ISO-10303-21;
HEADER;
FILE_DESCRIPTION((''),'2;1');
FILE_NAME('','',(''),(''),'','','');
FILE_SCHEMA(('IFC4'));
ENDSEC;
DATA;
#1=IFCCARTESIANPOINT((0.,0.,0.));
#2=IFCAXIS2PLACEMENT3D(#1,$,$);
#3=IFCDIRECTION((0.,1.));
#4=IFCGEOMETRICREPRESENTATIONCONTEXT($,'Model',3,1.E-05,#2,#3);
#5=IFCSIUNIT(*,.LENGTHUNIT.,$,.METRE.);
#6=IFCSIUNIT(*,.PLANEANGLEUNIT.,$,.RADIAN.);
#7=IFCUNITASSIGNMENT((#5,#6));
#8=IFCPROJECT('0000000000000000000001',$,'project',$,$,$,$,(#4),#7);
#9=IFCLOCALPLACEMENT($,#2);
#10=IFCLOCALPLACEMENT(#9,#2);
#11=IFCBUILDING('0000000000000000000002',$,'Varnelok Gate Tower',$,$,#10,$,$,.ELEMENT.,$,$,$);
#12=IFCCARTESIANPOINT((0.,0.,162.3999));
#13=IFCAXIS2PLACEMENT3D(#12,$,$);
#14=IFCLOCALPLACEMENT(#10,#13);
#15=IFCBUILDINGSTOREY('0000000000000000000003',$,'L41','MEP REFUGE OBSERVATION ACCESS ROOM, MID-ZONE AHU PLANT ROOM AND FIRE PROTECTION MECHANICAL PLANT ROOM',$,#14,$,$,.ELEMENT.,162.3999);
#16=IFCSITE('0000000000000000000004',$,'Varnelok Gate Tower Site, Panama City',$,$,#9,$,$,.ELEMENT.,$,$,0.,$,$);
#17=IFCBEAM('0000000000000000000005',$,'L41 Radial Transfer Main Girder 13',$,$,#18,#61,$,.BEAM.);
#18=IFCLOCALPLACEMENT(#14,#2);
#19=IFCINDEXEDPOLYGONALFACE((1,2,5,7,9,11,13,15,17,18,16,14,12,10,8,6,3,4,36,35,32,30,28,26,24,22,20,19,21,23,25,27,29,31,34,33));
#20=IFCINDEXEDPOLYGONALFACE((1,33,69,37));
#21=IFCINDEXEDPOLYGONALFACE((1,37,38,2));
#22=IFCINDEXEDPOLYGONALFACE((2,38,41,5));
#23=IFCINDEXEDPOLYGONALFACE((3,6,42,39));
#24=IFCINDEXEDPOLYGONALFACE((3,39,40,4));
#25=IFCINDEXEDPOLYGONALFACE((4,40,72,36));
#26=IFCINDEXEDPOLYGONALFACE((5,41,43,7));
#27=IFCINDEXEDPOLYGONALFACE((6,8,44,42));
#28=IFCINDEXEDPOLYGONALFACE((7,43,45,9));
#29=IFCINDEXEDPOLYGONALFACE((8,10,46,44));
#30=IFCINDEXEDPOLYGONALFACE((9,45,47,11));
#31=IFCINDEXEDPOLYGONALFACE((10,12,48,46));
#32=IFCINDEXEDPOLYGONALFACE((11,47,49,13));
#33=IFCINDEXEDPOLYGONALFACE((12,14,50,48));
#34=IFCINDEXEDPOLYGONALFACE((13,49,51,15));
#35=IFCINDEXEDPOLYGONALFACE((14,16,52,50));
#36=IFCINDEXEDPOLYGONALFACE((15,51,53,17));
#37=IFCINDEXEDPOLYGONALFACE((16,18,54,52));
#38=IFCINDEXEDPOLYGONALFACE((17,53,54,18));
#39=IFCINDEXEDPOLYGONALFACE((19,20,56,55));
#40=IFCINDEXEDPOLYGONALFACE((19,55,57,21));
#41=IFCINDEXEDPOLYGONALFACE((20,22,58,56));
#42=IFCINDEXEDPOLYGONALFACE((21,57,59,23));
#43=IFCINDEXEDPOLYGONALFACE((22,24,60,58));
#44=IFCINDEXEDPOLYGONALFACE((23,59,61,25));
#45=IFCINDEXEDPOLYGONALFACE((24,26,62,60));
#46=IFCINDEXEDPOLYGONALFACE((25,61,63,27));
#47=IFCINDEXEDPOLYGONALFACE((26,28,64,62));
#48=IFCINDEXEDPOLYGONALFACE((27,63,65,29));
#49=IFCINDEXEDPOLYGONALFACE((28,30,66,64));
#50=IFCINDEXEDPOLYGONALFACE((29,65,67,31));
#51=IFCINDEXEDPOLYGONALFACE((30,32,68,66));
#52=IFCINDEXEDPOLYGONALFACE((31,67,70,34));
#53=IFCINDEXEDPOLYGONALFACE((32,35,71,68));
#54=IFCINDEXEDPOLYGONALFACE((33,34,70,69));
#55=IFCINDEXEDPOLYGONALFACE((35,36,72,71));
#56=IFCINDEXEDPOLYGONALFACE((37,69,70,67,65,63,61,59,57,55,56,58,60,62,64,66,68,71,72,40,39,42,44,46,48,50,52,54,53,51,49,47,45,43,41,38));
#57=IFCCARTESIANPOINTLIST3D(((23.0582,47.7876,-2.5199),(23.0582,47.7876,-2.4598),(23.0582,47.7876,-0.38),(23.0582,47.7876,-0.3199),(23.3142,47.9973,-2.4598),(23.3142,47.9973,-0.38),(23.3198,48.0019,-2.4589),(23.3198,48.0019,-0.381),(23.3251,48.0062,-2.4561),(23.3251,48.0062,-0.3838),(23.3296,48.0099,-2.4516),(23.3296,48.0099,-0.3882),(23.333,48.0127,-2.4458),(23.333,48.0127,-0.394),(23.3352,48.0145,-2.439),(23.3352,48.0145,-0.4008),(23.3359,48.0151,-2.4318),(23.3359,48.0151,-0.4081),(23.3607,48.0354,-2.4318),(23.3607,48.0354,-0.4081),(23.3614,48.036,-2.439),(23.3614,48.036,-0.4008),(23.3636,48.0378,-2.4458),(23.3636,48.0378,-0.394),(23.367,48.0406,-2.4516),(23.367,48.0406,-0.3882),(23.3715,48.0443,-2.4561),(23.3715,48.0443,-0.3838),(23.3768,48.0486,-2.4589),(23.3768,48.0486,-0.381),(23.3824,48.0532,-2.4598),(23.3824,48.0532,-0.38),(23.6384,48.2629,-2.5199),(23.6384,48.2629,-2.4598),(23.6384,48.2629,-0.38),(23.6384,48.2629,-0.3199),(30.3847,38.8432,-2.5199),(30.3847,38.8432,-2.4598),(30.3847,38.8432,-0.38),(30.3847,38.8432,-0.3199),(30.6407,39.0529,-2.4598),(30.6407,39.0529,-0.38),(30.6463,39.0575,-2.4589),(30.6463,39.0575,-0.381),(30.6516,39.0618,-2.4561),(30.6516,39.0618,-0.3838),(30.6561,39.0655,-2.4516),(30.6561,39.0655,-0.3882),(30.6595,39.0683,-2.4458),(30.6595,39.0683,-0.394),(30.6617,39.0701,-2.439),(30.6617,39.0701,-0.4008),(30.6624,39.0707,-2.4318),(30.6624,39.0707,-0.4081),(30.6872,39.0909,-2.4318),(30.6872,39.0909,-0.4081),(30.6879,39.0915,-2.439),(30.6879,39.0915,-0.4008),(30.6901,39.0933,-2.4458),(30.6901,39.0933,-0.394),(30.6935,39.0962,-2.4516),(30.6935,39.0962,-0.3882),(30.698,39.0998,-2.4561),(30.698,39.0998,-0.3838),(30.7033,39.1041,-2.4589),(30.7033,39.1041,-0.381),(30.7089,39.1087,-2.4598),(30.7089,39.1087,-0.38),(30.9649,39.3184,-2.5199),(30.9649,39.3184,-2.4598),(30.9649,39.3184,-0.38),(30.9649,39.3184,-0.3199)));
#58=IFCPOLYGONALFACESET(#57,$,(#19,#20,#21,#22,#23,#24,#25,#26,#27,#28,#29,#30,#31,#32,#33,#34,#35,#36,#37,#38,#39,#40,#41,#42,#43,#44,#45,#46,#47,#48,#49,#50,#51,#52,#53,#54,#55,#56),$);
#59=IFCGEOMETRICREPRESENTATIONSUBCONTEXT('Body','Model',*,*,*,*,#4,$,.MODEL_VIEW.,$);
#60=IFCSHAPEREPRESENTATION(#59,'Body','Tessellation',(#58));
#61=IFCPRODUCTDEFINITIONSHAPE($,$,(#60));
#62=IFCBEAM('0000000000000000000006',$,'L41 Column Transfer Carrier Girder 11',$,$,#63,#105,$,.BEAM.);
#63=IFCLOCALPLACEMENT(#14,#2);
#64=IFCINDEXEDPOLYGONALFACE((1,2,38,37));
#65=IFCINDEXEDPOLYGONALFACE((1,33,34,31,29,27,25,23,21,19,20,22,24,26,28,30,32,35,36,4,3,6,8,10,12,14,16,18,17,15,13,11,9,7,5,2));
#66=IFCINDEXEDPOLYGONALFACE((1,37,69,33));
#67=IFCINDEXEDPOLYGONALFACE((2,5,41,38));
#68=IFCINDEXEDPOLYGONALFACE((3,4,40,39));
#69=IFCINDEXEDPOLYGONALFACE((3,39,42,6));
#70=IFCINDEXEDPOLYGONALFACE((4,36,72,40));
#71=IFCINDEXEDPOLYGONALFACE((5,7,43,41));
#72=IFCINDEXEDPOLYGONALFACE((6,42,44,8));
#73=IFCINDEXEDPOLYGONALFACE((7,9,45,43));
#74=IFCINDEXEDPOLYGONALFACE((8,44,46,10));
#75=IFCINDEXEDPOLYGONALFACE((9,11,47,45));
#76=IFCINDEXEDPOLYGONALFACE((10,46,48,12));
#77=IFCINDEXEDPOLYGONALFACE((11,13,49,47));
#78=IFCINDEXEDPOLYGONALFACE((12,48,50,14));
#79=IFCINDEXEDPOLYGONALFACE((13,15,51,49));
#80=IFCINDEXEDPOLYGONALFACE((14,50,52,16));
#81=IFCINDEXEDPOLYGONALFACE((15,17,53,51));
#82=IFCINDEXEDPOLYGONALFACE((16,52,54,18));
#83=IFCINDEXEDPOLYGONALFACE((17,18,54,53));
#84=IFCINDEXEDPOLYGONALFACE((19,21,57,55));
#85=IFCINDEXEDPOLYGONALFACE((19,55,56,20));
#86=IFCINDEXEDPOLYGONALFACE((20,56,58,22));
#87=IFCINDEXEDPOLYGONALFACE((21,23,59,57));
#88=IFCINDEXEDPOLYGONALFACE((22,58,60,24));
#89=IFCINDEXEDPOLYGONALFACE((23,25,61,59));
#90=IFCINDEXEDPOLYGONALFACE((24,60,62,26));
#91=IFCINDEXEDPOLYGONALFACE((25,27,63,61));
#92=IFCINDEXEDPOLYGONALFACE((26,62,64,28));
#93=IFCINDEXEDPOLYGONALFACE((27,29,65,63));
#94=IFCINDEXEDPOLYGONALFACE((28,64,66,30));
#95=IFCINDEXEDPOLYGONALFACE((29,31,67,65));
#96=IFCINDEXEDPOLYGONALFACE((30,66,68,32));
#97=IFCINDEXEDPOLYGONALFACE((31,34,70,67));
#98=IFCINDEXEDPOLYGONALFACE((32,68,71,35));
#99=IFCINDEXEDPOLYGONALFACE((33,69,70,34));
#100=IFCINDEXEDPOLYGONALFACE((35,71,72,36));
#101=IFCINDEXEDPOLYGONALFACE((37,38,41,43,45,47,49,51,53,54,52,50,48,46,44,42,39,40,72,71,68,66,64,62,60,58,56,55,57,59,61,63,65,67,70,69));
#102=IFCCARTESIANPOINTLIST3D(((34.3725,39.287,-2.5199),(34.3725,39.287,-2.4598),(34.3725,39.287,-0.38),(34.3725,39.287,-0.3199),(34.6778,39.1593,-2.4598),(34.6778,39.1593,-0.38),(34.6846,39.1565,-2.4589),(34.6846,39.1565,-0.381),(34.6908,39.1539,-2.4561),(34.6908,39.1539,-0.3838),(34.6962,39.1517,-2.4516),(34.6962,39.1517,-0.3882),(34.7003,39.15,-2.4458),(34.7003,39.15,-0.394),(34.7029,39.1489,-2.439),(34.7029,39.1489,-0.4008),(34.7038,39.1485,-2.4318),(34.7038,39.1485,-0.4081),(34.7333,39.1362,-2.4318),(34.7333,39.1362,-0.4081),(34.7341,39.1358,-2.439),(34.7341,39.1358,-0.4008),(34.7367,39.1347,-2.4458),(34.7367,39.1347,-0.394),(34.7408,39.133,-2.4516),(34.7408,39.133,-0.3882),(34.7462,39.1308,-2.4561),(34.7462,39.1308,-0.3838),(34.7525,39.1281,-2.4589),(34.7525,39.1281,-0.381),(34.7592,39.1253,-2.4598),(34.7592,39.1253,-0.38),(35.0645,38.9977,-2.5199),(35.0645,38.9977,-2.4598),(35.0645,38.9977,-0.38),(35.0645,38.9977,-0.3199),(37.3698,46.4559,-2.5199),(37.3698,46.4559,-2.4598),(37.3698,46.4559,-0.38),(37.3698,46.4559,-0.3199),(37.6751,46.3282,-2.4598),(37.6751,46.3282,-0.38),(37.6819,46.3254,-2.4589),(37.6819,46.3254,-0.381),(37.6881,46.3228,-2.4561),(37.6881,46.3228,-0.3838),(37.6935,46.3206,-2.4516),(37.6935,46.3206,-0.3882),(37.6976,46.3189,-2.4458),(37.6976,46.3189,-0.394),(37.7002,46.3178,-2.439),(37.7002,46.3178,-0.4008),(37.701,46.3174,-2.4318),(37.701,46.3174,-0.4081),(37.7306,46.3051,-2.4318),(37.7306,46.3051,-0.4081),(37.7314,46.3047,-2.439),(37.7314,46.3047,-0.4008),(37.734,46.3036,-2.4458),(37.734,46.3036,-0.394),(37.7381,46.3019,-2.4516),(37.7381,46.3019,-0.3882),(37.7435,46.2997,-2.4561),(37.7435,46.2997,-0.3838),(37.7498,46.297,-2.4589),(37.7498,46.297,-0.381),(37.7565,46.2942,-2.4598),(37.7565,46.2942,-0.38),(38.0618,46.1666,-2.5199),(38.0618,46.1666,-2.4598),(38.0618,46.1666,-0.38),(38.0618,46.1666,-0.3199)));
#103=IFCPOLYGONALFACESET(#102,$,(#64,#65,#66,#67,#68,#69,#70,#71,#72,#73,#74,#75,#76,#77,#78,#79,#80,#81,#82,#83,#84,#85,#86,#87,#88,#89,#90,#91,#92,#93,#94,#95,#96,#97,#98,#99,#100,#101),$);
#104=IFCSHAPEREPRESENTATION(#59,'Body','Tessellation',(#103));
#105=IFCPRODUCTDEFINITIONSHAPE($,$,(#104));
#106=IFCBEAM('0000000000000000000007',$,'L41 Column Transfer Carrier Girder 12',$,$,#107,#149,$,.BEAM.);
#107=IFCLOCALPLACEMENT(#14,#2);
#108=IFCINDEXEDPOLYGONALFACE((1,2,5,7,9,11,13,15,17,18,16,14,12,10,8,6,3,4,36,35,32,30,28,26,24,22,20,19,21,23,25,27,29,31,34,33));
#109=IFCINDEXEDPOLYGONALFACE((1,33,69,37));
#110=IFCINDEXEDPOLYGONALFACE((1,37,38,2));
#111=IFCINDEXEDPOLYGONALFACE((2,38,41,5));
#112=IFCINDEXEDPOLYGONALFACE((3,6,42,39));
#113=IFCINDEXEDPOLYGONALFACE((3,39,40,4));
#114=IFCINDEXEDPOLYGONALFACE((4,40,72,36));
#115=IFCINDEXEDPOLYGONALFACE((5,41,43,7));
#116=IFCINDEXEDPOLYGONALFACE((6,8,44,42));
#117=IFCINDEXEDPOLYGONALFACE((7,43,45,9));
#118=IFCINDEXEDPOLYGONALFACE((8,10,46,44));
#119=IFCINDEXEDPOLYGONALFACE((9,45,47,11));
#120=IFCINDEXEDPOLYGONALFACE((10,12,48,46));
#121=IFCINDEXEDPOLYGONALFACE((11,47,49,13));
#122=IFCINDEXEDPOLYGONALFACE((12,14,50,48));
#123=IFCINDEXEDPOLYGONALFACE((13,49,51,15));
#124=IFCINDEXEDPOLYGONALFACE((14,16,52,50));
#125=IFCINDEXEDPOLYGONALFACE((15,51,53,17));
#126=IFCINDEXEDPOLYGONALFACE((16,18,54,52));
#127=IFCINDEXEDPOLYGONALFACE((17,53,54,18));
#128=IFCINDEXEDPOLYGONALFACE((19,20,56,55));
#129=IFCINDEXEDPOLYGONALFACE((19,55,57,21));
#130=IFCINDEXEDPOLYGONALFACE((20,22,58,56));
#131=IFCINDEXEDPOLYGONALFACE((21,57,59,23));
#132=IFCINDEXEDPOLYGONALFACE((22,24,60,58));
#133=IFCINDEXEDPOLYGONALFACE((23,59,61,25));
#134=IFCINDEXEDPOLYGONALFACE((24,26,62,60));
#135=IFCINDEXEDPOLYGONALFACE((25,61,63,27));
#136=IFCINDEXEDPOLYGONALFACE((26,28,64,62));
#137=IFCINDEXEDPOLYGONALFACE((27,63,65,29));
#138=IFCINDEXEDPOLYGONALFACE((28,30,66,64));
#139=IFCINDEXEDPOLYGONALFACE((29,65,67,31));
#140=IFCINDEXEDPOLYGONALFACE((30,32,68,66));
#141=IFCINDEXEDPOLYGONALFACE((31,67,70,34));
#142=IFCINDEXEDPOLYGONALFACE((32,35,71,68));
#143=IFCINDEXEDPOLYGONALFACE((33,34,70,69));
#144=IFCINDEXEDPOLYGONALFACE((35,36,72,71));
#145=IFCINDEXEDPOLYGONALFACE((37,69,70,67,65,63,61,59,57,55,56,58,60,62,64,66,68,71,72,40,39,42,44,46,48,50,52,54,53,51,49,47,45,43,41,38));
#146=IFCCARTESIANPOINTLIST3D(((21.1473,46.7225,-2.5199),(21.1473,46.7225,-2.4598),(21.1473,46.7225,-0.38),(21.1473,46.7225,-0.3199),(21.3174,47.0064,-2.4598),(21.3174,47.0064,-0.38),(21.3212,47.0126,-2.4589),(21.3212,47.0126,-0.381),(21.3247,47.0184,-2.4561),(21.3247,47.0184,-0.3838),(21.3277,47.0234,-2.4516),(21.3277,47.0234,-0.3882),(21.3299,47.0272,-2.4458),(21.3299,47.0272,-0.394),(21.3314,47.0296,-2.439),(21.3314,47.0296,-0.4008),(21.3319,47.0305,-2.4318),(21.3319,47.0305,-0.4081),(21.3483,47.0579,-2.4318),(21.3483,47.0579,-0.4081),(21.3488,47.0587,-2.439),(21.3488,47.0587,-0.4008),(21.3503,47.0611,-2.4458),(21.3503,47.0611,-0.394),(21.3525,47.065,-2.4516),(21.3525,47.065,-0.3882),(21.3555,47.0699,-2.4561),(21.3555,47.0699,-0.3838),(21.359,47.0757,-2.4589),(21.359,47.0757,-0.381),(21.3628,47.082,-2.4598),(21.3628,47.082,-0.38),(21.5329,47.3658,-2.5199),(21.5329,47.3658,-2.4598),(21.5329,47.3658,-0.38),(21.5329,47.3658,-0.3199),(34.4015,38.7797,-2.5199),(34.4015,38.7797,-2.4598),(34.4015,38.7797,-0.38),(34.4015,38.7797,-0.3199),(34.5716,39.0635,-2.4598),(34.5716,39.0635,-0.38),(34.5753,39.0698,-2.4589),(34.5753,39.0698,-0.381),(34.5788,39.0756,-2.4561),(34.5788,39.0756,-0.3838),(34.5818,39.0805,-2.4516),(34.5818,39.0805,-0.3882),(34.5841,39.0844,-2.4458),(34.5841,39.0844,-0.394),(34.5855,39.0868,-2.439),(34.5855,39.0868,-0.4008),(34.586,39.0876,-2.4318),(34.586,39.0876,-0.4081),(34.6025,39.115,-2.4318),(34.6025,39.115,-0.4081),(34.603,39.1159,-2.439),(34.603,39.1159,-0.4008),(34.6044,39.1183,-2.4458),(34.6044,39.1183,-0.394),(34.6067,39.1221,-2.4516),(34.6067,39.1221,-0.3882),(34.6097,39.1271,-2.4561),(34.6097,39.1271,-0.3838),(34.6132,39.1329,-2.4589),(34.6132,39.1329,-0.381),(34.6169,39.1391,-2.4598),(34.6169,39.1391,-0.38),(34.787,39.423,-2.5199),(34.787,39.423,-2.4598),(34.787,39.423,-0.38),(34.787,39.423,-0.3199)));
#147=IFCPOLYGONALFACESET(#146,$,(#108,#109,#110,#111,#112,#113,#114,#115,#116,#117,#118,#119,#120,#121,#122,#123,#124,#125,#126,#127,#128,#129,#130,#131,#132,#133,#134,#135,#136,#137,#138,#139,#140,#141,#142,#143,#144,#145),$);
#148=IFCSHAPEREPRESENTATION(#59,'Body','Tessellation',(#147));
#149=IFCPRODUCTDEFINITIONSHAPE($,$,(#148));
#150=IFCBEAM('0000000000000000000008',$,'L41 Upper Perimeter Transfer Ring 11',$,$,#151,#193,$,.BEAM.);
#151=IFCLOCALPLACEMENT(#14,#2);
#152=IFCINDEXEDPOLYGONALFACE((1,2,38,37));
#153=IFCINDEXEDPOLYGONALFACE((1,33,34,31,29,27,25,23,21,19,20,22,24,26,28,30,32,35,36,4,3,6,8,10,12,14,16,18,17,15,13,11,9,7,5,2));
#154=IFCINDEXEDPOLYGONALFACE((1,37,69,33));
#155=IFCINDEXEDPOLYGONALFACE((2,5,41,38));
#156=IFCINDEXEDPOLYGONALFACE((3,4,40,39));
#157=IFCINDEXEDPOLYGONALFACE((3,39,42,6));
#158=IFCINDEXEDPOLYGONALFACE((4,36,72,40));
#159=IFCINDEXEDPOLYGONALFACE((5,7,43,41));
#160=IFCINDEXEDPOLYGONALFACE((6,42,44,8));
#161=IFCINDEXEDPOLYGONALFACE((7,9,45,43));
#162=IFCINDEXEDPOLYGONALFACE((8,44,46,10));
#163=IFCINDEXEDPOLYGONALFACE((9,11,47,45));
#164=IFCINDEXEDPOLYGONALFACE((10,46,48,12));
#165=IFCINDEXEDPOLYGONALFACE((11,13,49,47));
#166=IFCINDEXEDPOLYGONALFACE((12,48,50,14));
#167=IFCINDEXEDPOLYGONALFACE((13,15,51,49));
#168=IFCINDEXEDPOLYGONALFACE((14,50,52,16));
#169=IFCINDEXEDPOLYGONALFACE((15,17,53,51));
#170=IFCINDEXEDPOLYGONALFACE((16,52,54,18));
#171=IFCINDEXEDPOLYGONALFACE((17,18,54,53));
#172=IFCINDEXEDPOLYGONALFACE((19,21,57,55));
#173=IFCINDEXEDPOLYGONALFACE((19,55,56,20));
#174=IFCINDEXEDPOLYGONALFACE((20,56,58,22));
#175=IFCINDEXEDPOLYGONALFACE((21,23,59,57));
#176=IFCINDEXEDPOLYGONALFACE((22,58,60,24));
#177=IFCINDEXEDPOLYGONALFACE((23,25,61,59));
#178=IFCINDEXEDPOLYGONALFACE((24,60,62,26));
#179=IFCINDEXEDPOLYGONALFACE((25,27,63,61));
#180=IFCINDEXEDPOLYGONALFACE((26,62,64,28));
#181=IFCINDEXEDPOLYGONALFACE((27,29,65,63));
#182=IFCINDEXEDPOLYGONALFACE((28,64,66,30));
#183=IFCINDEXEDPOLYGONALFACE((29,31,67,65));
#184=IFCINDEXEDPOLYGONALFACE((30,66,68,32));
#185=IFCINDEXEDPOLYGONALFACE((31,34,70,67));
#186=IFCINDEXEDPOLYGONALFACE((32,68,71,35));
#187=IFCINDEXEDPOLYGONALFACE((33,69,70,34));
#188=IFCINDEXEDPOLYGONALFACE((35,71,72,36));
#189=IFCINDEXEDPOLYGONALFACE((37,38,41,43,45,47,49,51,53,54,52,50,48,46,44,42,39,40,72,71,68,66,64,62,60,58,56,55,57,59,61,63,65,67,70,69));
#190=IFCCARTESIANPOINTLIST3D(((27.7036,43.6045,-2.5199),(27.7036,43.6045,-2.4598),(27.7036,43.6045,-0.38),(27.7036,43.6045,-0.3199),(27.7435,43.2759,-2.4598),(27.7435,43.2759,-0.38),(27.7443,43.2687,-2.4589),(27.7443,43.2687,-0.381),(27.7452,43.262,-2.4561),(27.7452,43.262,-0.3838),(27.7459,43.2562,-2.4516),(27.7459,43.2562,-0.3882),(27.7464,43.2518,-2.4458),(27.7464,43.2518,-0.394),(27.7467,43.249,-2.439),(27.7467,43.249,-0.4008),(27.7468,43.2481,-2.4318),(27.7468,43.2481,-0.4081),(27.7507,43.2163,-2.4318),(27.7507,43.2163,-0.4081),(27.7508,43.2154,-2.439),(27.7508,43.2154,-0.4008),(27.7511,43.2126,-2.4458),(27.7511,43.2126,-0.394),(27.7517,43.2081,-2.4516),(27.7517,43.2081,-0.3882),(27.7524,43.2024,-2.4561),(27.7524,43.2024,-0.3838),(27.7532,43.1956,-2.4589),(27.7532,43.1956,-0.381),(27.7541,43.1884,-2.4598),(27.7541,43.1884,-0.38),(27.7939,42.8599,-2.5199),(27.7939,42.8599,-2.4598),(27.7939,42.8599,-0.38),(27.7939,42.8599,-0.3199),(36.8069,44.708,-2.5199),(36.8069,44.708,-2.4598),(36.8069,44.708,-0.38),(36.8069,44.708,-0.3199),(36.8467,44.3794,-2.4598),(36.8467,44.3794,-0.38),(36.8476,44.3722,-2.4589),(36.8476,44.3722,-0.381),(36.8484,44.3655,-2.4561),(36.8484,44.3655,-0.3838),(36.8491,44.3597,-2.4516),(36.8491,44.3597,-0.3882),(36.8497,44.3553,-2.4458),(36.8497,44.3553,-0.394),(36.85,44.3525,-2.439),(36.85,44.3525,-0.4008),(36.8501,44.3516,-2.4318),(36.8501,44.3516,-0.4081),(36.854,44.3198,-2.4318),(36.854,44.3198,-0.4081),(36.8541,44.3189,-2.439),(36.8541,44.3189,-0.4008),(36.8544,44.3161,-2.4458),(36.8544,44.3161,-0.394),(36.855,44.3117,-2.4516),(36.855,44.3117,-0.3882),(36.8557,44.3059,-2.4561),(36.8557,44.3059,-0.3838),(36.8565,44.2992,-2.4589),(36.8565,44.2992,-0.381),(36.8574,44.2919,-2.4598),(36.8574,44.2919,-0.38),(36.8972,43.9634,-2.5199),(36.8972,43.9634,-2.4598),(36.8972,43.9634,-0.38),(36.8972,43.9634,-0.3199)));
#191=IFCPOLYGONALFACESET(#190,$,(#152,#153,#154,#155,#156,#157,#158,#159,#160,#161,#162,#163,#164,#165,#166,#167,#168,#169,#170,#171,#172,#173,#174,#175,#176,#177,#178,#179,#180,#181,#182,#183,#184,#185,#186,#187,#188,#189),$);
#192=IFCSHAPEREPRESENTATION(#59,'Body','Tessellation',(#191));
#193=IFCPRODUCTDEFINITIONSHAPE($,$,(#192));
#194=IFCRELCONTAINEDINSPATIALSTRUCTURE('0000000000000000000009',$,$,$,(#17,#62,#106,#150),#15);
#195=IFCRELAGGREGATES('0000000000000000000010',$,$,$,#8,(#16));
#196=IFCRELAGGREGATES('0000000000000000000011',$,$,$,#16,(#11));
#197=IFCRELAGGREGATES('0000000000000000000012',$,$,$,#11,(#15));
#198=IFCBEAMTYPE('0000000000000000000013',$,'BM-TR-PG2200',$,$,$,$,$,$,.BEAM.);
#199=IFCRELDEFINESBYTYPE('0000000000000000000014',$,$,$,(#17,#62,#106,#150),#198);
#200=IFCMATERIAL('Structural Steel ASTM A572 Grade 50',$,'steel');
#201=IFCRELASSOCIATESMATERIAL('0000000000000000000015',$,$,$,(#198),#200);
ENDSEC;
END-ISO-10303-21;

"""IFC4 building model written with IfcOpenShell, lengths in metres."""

from ifc_helpers import new_model, si_unit, direction, frame, origin, origin_2d, place, context, subcontext, project, spatial, i_section, extrude, material, material_profile, profile_set, type_object, element, save


model = new_model("IFC4")

# Units and contexts
model_context = context("Model", 3, precision=1e-05, world=origin(), true_north=direction((0.0, 1.0)))
body_context = subcontext(model_context, "Body", "Model", "MODEL_VIEW")
ifc_project = project(units=[si_unit("LENGTHUNIT", "METRE"), si_unit("PLANEANGLEUNIT", "RADIAN")], contexts=[model_context])

# Site, building, storey
site_placement = place(None, origin())
site = spatial("IfcSite", under=ifc_project, at=site_placement, Name="Varnelok Gate Tower Site, Panama City", CompositionType="ELEMENT", RefElevation=0.0)
building_placement = place(site_placement, origin())
building = spatial("IfcBuilding", under=site, at=building_placement, Name="Varnelok Gate Tower", CompositionType="ELEMENT")
storey_placement = place(building_placement, frame((0.0, 0.0, 162.3999)))
storey = spatial("IfcBuildingStorey", under=building, at=storey_placement, Name="L41", Description="MEP REFUGE OBSERVATION ACCESS ROOM, MID-ZONE AHU PLANT ROOM AND FIRE PROTECTION MECHANICAL PLANT ROOM", CompositionType="ELEMENT", Elevation=162.3999)

# Beams
ifc_material_1 = material(Name="Structural Steel ASTM A572 Grade 50", Category="steel")
ifc_material_profile_1 = material_profile(ifc_material_1, i_section(OverallWidth=0.75, OverallDepth=2.2, WebThickness=0.032, FlangeThickness=0.0601, FilletRadius=0.0281, at=origin_2d()), Name="PG2200X750")
ifc_profile_set_1 = profile_set([ifc_material_profile_1], Name="Structural Steel ASTM A572 Grade 50")
beam_type_1 = type_object("IfcBeamType", Name="BM-TR-PG2200", PredefinedType="BEAM", material=ifc_profile_set_1)
beam_1_placement = place(storey_placement, frame((30.6748, 39.0808, -1.4199), z_axis=(-0.633669, 0.773604, 0.0), x_axis=(-0.773604, -0.633669, 0.0)))
element("IfcBeam", 1, at=beam_1_placement, inside=storey, type_object=beam_type_1, Name="L41 Radial Transfer Main Girder 13", PredefinedType="BEAM", context=body_context, shape_type="SweptSolid", body=[
    extrude(i_section(OverallWidth=0.75, OverallDepth=2.2, WebThickness=0.032, FlangeThickness=0.0601, FilletRadius=0.0281, at=origin_2d()), origin(), (0.0, 0.0, 1.0), 11.562),
])
beam_2_placement = place(storey_placement, frame((34.7185, 39.1423, -1.4199), z_axis=(0.38574, 0.922608, 0.0), x_axis=(-0.922608, 0.38574, 0.0)))
element("IfcBeam", 2, at=beam_2_placement, inside=storey, type_object=beam_type_1, Name="L41 Column Transfer Carrier Girder 11", PredefinedType="BEAM", context=body_context, shape_type="SweptSolid", body=[
    extrude(i_section(OverallWidth=0.75, OverallDepth=2.2, WebThickness=0.032, FlangeThickness=0.0601, FilletRadius=0.0281, at=origin_2d()), origin(), (0.0, 0.0, 1.0), 7.7703),
])
beam_3_placement = place(storey_placement, frame((34.5942, 39.1013, -1.4199), z_axis=(-0.857767, 0.514038, 0.0), x_axis=(-0.514038, -0.857767, 0.0)))
element("IfcBeam", 3, at=beam_3_placement, inside=storey, type_object=beam_type_1, Name="L41 Column Transfer Carrier Girder 12", PredefinedType="BEAM", context=body_context, shape_type="SweptSolid", body=[
    extrude(i_section(OverallWidth=0.75, OverallDepth=2.2, WebThickness=0.032, FlangeThickness=0.0601, FilletRadius=0.0281, at=origin_2d()), origin(), (0.0, 0.0, 1.0), 15.4519),
])
beam_4_placement = place(storey_placement, frame((36.8521, 44.3357, -1.4199), z_axis=(-0.992733, -0.120341, 0.0), x_axis=(0.120341, -0.992733, 0.0)))
element("IfcBeam", 4, at=beam_4_placement, inside=storey, type_object=beam_type_1, Name="L41 Upper Perimeter Transfer Ring 11", PredefinedType="BEAM", context=body_context, shape_type="SweptSolid", body=[
    extrude(i_section(OverallWidth=0.75, OverallDepth=2.2, WebThickness=0.032, FlangeThickness=0.0601, FilletRadius=0.0281, at=origin_2d()), origin(), (0.0, 0.0, 1.0), 9.1699),
])

save(model, "model.ifc")
